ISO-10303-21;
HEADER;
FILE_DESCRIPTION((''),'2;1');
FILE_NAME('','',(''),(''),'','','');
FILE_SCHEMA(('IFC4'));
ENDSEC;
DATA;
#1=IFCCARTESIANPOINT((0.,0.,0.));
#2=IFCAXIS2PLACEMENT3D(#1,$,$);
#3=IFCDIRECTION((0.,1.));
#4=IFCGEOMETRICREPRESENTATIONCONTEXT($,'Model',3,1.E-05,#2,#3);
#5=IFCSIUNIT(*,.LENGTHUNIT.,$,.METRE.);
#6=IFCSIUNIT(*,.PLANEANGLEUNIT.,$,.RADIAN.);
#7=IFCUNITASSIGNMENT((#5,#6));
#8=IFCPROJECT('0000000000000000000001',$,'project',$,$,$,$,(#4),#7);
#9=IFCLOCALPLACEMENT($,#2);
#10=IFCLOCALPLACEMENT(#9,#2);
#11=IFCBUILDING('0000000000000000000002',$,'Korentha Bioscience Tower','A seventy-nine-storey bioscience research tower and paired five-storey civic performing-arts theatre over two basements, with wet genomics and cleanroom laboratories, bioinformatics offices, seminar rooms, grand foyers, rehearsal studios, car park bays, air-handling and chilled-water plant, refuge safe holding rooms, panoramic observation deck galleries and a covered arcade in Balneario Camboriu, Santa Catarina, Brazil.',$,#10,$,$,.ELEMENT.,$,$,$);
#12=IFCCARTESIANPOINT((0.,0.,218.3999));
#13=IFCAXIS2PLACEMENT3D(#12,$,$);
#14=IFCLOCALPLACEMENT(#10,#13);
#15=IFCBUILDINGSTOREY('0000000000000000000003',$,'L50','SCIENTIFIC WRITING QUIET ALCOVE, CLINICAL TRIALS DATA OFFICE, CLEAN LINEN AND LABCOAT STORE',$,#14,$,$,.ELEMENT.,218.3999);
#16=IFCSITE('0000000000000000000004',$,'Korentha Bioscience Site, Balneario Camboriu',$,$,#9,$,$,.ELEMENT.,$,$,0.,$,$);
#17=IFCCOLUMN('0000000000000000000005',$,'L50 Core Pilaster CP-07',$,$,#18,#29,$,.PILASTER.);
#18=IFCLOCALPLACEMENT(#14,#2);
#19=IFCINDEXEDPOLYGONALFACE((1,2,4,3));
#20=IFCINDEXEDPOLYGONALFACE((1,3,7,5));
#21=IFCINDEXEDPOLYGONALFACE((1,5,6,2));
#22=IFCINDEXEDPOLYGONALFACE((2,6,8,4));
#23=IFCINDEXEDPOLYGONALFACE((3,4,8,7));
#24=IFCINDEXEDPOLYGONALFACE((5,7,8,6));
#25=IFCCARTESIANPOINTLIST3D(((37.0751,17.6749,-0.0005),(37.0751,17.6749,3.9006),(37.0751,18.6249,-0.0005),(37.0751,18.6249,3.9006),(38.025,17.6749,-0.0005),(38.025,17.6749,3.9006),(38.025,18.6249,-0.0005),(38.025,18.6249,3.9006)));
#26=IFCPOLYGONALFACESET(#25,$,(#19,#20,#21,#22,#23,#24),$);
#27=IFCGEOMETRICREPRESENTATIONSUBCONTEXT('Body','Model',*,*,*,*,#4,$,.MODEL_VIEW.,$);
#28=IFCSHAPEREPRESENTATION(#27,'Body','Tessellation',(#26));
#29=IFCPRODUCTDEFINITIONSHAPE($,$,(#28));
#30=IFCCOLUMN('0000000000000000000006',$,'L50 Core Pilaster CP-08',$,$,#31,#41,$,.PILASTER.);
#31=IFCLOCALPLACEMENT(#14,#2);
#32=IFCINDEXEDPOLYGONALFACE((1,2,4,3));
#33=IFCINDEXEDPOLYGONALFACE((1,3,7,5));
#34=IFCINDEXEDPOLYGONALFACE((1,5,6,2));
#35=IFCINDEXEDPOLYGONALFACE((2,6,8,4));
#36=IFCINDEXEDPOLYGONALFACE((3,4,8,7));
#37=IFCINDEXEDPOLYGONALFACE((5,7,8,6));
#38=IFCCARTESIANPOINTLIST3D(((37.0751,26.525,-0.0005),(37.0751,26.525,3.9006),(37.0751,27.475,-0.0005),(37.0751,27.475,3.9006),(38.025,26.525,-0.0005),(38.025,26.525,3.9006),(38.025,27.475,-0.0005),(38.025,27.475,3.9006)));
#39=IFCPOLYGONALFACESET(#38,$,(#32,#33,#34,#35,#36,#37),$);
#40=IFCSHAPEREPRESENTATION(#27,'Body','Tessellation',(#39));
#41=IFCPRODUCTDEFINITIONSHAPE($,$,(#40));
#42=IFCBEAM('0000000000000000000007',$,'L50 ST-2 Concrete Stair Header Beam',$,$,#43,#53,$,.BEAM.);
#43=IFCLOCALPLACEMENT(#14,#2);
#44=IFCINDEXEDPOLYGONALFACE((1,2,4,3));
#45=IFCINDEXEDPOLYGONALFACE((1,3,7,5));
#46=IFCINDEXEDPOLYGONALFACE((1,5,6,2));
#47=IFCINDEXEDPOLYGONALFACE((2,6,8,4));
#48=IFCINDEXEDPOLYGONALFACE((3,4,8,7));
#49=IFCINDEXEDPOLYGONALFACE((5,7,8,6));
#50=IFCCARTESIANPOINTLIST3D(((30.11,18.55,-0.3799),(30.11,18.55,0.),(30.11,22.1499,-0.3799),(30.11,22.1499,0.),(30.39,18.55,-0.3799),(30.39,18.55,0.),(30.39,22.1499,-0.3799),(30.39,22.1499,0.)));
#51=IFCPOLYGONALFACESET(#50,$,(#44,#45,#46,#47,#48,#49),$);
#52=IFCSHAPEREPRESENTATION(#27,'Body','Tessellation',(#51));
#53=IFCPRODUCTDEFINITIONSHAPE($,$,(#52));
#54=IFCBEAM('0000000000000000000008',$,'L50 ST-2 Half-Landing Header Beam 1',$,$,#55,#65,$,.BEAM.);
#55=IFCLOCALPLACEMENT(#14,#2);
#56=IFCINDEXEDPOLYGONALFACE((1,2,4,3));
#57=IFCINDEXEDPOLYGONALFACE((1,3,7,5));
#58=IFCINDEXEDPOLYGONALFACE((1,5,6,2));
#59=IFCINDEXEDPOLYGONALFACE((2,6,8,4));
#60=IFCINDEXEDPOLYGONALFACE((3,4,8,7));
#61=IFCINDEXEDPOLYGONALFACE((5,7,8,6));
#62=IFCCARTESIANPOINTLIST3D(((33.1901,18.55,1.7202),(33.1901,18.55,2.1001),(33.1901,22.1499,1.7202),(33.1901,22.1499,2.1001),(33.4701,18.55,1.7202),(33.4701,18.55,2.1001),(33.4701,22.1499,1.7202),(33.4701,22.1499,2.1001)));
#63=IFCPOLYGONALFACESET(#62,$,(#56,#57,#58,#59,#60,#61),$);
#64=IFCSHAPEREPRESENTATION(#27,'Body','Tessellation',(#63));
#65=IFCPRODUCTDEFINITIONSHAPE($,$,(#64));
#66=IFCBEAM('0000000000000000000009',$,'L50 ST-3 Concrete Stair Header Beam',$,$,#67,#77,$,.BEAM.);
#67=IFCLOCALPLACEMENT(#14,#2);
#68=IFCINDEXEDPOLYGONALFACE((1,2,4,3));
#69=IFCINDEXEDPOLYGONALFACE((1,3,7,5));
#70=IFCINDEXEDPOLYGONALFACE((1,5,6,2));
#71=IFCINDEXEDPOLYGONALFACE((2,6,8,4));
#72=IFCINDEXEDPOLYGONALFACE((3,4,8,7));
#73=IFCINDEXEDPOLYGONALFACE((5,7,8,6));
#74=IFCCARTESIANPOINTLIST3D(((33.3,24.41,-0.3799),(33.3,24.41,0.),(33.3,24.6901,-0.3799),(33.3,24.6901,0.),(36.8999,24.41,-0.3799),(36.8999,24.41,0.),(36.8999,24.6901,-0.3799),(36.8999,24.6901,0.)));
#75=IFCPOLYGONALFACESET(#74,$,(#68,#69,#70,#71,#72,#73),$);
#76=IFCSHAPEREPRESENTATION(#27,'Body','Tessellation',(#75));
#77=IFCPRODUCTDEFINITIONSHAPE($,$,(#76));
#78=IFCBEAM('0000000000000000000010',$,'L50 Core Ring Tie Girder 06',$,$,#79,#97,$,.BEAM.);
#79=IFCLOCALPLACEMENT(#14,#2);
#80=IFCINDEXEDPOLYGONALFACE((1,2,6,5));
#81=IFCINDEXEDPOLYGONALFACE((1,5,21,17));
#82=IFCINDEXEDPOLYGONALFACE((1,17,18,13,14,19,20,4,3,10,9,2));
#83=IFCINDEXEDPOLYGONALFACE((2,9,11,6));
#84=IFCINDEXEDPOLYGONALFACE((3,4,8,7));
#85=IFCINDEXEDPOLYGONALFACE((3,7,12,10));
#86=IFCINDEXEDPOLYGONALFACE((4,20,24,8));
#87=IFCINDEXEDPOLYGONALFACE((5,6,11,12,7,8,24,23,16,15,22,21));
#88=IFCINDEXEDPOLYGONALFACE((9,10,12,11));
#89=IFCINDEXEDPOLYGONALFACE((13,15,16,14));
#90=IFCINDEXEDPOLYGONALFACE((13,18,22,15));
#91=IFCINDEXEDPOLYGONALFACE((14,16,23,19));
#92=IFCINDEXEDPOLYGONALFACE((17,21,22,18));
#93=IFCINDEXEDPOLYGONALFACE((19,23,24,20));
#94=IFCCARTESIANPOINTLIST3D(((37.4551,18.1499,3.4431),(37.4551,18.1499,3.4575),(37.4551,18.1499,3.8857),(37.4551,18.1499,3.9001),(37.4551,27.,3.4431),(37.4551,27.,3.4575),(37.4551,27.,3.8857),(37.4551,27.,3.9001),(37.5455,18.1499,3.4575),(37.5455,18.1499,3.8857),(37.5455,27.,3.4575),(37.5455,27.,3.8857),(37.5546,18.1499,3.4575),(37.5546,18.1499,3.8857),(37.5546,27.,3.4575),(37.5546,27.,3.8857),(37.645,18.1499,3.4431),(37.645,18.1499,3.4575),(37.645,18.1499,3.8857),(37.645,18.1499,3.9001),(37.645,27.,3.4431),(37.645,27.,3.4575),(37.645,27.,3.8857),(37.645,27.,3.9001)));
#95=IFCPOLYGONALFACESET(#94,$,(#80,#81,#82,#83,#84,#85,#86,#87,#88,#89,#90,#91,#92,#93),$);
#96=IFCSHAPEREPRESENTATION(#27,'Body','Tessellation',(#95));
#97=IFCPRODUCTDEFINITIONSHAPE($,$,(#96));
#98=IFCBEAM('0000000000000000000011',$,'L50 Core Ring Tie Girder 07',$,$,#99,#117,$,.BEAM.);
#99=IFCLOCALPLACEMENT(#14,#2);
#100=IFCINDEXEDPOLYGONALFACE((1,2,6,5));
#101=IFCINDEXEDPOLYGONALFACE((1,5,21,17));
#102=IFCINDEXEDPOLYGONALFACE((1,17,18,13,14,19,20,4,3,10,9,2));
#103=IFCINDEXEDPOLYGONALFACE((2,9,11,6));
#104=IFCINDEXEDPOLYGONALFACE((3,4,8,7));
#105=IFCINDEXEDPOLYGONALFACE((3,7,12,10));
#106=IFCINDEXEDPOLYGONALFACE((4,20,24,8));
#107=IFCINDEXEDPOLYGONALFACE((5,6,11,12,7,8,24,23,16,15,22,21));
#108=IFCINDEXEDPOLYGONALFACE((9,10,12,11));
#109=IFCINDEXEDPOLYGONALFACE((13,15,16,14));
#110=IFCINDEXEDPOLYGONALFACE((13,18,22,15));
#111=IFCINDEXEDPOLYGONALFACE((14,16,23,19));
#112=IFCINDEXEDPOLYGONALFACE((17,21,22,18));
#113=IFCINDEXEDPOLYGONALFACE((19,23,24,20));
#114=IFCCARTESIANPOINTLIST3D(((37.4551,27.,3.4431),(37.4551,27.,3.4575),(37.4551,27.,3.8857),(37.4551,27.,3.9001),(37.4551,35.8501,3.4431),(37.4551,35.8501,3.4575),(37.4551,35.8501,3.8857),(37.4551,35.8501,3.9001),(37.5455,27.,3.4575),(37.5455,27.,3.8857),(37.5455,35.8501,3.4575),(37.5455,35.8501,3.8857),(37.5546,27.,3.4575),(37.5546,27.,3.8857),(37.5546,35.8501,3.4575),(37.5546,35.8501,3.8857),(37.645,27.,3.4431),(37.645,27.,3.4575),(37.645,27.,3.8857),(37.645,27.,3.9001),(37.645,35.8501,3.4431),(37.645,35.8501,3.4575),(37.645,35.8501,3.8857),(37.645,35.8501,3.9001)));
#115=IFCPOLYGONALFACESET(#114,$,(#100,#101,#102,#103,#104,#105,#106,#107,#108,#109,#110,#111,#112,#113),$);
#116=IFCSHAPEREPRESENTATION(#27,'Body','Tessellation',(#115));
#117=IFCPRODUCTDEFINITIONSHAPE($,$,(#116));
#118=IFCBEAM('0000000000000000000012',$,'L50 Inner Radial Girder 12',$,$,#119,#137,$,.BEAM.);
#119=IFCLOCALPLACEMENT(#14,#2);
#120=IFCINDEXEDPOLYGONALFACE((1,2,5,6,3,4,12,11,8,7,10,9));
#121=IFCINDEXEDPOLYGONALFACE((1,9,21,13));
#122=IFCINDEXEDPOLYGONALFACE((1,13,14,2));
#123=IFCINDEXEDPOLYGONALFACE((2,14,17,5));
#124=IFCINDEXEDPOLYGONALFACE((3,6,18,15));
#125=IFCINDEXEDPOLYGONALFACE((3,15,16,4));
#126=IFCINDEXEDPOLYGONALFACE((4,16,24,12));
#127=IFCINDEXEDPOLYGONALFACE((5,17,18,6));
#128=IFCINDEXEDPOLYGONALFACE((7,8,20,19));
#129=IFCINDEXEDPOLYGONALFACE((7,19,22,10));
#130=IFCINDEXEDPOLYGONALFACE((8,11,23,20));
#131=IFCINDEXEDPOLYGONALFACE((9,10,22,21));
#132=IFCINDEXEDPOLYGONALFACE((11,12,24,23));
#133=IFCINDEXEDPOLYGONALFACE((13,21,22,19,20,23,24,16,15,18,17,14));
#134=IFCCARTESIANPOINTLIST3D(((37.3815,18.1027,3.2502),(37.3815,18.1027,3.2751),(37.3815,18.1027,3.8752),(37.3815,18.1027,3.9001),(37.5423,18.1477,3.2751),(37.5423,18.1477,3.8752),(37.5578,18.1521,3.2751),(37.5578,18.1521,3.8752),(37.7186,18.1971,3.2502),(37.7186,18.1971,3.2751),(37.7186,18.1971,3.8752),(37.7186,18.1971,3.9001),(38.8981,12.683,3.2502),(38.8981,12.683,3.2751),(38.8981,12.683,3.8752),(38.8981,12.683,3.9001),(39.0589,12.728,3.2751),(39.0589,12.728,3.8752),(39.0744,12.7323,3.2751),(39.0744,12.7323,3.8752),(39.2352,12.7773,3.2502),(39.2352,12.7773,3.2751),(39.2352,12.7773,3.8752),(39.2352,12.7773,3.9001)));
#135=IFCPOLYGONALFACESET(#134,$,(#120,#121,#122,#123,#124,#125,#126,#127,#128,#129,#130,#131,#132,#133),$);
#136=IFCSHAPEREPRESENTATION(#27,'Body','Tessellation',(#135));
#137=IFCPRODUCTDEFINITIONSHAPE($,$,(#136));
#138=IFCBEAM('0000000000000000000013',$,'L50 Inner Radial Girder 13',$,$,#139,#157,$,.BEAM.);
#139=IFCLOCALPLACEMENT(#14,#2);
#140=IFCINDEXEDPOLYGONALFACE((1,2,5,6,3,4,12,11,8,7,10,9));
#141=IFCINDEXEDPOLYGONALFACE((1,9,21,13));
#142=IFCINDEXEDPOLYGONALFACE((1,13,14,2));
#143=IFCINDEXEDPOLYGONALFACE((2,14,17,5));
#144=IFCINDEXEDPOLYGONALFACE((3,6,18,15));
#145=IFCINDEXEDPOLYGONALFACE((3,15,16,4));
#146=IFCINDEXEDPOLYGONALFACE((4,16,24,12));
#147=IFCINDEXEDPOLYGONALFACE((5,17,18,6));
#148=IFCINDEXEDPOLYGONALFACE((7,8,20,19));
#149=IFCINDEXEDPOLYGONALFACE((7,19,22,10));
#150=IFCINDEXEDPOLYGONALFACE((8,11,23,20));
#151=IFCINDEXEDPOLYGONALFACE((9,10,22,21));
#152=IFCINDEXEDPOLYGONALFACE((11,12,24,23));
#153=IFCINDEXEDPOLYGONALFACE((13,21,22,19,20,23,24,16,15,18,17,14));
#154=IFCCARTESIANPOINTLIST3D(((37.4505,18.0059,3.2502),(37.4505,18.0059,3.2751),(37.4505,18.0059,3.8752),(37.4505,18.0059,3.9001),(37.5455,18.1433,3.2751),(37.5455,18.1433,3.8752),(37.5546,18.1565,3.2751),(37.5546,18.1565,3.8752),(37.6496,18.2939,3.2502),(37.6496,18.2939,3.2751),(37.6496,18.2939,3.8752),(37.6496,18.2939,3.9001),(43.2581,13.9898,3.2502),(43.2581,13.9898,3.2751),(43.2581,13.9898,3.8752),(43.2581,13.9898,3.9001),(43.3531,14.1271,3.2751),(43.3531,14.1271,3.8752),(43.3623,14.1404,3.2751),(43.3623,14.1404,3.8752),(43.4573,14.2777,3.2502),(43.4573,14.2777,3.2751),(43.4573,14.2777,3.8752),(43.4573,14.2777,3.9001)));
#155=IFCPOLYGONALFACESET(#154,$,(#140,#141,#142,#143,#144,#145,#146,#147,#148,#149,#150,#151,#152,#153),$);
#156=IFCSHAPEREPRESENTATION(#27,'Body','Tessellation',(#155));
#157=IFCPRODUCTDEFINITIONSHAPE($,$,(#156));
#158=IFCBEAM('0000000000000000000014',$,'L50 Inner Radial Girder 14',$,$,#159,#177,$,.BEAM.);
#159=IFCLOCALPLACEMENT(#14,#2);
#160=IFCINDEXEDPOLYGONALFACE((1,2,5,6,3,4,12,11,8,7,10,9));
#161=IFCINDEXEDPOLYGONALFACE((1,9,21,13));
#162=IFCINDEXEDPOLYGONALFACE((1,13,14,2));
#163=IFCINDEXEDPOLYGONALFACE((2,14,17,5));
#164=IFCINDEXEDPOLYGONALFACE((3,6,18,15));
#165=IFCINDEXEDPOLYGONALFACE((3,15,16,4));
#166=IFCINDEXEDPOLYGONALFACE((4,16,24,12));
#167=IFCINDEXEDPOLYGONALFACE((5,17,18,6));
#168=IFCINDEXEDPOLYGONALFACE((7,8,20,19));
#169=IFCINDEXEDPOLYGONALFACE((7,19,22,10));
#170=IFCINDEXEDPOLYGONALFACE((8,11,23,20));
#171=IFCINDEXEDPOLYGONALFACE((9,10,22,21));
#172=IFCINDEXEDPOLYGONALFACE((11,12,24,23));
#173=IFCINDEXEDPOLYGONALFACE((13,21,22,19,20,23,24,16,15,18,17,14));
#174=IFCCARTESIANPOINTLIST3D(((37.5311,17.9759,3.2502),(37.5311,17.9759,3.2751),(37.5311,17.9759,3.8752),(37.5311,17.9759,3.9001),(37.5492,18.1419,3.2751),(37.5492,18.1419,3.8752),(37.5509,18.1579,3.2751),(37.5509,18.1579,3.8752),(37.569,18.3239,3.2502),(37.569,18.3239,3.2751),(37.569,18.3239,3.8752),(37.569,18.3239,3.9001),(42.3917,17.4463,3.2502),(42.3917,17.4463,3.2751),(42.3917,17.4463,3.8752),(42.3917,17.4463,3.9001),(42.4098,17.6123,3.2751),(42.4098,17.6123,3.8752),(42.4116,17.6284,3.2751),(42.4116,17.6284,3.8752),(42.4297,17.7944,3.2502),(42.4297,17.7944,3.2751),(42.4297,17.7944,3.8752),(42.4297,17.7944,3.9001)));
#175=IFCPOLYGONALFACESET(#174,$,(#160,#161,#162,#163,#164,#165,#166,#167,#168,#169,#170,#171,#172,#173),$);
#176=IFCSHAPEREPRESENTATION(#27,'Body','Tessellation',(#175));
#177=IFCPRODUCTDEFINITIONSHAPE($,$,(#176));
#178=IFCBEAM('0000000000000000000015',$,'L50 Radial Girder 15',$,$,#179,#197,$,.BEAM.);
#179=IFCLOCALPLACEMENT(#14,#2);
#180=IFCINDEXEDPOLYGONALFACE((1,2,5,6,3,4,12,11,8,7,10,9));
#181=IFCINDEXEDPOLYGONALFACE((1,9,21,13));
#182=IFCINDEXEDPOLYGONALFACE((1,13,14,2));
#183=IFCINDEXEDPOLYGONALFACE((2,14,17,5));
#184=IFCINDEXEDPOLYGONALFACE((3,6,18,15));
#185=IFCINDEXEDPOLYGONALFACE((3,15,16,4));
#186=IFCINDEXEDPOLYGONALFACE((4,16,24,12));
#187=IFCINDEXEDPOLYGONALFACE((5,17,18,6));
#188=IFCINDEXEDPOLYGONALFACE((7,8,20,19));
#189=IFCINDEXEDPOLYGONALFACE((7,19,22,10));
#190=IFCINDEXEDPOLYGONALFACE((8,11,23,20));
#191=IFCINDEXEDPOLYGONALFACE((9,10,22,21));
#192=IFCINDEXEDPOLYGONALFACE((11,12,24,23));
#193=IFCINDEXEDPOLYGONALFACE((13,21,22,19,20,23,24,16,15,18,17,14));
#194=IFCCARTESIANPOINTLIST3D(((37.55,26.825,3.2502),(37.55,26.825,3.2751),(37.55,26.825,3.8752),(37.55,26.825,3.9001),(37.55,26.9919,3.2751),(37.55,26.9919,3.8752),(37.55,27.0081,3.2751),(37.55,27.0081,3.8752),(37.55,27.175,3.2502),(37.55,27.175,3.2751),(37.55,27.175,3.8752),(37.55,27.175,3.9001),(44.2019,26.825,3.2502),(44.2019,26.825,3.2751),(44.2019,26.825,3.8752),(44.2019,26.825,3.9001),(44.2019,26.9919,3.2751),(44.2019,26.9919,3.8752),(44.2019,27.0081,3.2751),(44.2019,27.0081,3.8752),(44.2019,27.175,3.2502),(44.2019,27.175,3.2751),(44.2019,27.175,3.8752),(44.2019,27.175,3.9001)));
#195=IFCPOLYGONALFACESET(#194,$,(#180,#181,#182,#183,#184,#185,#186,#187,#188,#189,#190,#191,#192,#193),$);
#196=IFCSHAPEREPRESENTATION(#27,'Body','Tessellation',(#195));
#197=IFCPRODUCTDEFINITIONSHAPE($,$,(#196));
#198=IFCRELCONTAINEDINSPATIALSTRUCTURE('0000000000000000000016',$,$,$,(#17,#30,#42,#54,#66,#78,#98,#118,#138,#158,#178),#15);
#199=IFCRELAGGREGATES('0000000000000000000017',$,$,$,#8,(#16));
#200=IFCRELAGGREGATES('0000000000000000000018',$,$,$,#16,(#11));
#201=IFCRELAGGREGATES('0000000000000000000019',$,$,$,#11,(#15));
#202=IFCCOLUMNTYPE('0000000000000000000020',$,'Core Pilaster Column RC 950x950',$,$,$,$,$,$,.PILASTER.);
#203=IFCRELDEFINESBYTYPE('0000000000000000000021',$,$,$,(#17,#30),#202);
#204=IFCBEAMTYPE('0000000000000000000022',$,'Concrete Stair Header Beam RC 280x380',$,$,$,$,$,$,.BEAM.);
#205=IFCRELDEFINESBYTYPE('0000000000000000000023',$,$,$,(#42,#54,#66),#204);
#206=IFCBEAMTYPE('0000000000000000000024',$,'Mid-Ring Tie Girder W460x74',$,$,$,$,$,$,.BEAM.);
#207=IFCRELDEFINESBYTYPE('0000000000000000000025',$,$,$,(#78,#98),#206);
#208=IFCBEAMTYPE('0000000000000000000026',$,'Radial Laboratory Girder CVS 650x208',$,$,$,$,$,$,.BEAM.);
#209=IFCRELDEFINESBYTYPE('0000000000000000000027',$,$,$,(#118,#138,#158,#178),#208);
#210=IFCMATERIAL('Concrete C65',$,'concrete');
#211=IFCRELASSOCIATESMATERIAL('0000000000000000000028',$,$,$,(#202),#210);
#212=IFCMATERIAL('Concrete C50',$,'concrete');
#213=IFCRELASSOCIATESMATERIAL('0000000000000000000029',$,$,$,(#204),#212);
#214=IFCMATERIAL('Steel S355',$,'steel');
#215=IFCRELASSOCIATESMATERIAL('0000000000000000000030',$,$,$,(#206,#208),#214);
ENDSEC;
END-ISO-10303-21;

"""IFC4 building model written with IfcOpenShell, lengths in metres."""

from ifc_helpers import new_model, si_unit, direction, frame, origin, origin_2d, place, context, subcontext, project, spatial, rectangle, i_section, extrude, material, material_profile, profile_set, type_object, element, save


model = new_model("IFC4")

# Units and contexts
model_context = context("Model", 3, precision=1e-05, world=origin(), true_north=direction((0.0, 1.0)))
body_context = subcontext(model_context, "Body", "Model", "MODEL_VIEW")
ifc_project = project(units=[si_unit("LENGTHUNIT", "METRE"), si_unit("PLANEANGLEUNIT", "RADIAN")], contexts=[model_context])

# Site, building, storey
site_placement = place(None, origin())
site = spatial("IfcSite", under=ifc_project, at=site_placement, Name="Korentha Bioscience Site, Balneario Camboriu", CompositionType="ELEMENT", RefElevation=0.0)
building_placement = place(site_placement, origin())
building = spatial("IfcBuilding", under=site, at=building_placement, Name="Korentha Bioscience Tower", Description="A seventy-nine-storey bioscience research tower and paired five-storey civic performing-arts theatre over two basements, with wet genomics and cleanroom laboratories, bioinformatics offices, seminar rooms, grand foyers, rehearsal studios, car park bays, air-handling and chilled-water plant, refuge safe holding rooms, panoramic observation deck galleries and a covered arcade in Balneario Camboriu, Santa Catarina, Brazil.", CompositionType="ELEMENT")
storey_placement = place(building_placement, frame((0.0, 0.0, 218.3999)))
storey = spatial("IfcBuildingStorey", under=building, at=storey_placement, Name="L50", Description="SCIENTIFIC WRITING QUIET ALCOVE, CLINICAL TRIALS DATA OFFICE, CLEAN LINEN AND LABCOAT STORE", CompositionType="ELEMENT", Elevation=218.3999)

# Columns
ifc_material_1 = material(Name="Concrete C65", Category="concrete")
ifc_material_profile_1 = material_profile(ifc_material_1, rectangle(XDim=0.95, YDim=0.95, at=origin_2d()), Name="Concrete C65")
ifc_profile_set_1 = profile_set([ifc_material_profile_1], Name="Concrete C65 (COL-CP09)")
column_type = type_object("IfcColumnType", Name="Core Pilaster Column RC 950x950", PredefinedType="PILASTER", material=ifc_profile_set_1)
for number, where, z_axis, x_axis, name in (
    (1, (37.55, 18.1499, -0.0005), (0.0, 0.0, 1.0), (1.0, 0.0, 0.0), "L50 Core Pilaster CP-07"),
    (2, (37.55, 27.0, -0.0005), (0.0, 0.0, 1.0), (1.0, 0.0, 0.0), "L50 Core Pilaster CP-08"),
):
    element("IfcColumn", number, at=place(storey_placement, frame(where, z_axis=z_axis, x_axis=x_axis)), inside=storey, type_object=column_type, Name=name, PredefinedType="PILASTER", context=body_context, shape_type="SweptSolid", body=[
        extrude(rectangle(XDim=0.95, YDim=0.95, at=origin_2d()), origin(), (0.0, 0.0, 1.0), 3.9011),
    ])

# Beams
ifc_material_2 = material(Name="Concrete C50", Category="concrete")
ifc_material_profile_2 = material_profile(ifc_material_2, rectangle(XDim=0.28, YDim=0.3799, at=origin_2d()), Name="Concrete C50")
ifc_profile_set_2 = profile_set([ifc_material_profile_2], Name="Concrete C50 (ST-HB380)")
beam_type_1 = type_object("IfcBeamType", Name="Concrete Stair Header Beam RC 280x380", PredefinedType="BEAM", material=ifc_profile_set_2)
for number, where, z_axis, x_axis, name in (
    (3, (30.25, 18.55, -0.1899), (0.0, 1.0, 0.0), (-1.0, 0.0, 0.0), "L50 ST-2 Concrete Stair Header Beam"),
    (4, (33.3301, 18.55, 1.9102), (0.0, 1.0, 0.0), (-1.0, 0.0, 0.0), "L50 ST-2 Half-Landing Header Beam 1"),
    (5, (36.8999, 24.55, -0.1899), (-1.0, 0.0, 0.0), (0.0, -1.0, 0.0), "L50 ST-3 Concrete Stair Header Beam"),
):
    element("IfcBeam", number, at=place(storey_placement, frame(where, z_axis=z_axis, x_axis=x_axis)), inside=storey, type_object=beam_type_1, Name=name, PredefinedType="BEAM", context=body_context, shape_type="SweptSolid", body=[
        extrude(rectangle(XDim=0.28, YDim=0.3799, at=origin_2d()), origin(), (0.0, 0.0, 1.0), 3.5999),
    ])
ifc_material_3 = material(Name="Steel S355", Category="steel")
ifc_material_profile_3 = material_profile(ifc_material_3, i_section(OverallWidth=0.1899, OverallDepth=0.457, WebThickness=0.009, FlangeThickness=0.0144, at=origin_2d()), Name="Steel S355")
ifc_profile_set_3 = profile_set([ifc_material_profile_3], Name="Steel S355 (MB-460)")
beam_type_2 = type_object("IfcBeamType", Name="Mid-Ring Tie Girder W460x74", PredefinedType="BEAM", material=ifc_profile_set_3)
for number, where, z_axis, x_axis, name in (
    (6, (37.55, 18.1499, 3.6716), (0.0, 1.0, 0.0), (-1.0, 0.0, 0.0), "L50 Core Ring Tie Girder 06"),
    (7, (37.55, 27.0, 3.6716), (0.0, 1.0, 0.0), (-1.0, 0.0, 0.0), "L50 Core Ring Tie Girder 07"),
):
    element("IfcBeam", number, at=place(storey_placement, frame(where, z_axis=z_axis, x_axis=x_axis)), inside=storey, type_object=beam_type_2, Name=name, PredefinedType="BEAM", context=body_context, shape_type="SweptSolid", body=[
        extrude(i_section(OverallWidth=0.1899, OverallDepth=0.457, WebThickness=0.009, FlangeThickness=0.0144, at=origin_2d()), origin(), (0.0, 0.0, 1.0), 8.8501),
    ])
ifc_material_profile_4 = material_profile(ifc_material_3, i_section(OverallWidth=0.3501, OverallDepth=0.6499, WebThickness=0.0161, FlangeThickness=0.0249, at=origin_2d()), Name="Steel S355")
ifc_profile_set_4 = profile_set([ifc_material_profile_4], Name="Steel S355 (RB-650)")
beam_type_3 = type_object("IfcBeamType", Name="Radial Laboratory Girder CVS 650x208", PredefinedType="BEAM", material=ifc_profile_set_4)
beam_1_placement = place(storey_placement, frame((37.55, 18.1499, 3.5752), z_axis=(0.26948, -0.963006, 0.0), x_axis=(0.963006, 0.26948, 0.0)))
element("IfcBeam", 8, at=beam_1_placement, inside=storey, type_object=beam_type_3, Name="L50 Inner Radial Girder 12", PredefinedType="BEAM", context=body_context, shape_type="SweptSolid", body=[
    extrude(i_section(OverallWidth=0.3501, OverallDepth=0.6499, WebThickness=0.0161, FlangeThickness=0.0249, at=origin_2d()), origin(), (0.0, 0.0, 1.0), 5.6279),
])
beam_2_placement = place(storey_placement, frame((37.55, 18.1499, 3.5752), z_axis=(0.822493, -0.568775, 0.0), x_axis=(0.568775, 0.822493, 0.0)))
element("IfcBeam", 9, at=beam_2_placement, inside=storey, type_object=beam_type_3, Name="L50 Inner Radial Girder 13", PredefinedType="BEAM", context=body_context, shape_type="SweptSolid", body=[
    extrude(i_section(OverallWidth=0.3501, OverallDepth=0.6499, WebThickness=0.0161, FlangeThickness=0.0249, at=origin_2d()), origin(), (0.0, 0.0, 1.0), 7.061),
])
beam_3_placement = place(storey_placement, frame((37.55, 18.1499, 3.5752), z_axis=(0.994118, -0.108305, 0.0), x_axis=(0.108305, 0.994118, 0.0)))
element("IfcBeam", 10, at=beam_3_placement, inside=storey, type_object=beam_type_3, Name="L50 Inner Radial Girder 14", PredefinedType="BEAM", context=body_context, shape_type="SweptSolid", body=[
    extrude(i_section(OverallWidth=0.3501, OverallDepth=0.6499, WebThickness=0.0161, FlangeThickness=0.0249, at=origin_2d()), origin(), (0.0, 0.0, 1.0), 4.8894),
])
beam_4_placement = place(storey_placement, frame((37.55, 27.0, 3.5752), z_axis=(1.0, 0.0, 0.0), x_axis=(0.0, 1.0, 0.0)))
element("IfcBeam", 11, at=beam_4_placement, inside=storey, type_object=beam_type_3, Name="L50 Radial Girder 15", PredefinedType="BEAM", context=body_context, shape_type="SweptSolid", body=[
    extrude(i_section(OverallWidth=0.3501, OverallDepth=0.6499, WebThickness=0.0161, FlangeThickness=0.0249, at=origin_2d()), origin(), (0.0, 0.0, 1.0), 6.6519),
])

save(model, "model.ifc")
